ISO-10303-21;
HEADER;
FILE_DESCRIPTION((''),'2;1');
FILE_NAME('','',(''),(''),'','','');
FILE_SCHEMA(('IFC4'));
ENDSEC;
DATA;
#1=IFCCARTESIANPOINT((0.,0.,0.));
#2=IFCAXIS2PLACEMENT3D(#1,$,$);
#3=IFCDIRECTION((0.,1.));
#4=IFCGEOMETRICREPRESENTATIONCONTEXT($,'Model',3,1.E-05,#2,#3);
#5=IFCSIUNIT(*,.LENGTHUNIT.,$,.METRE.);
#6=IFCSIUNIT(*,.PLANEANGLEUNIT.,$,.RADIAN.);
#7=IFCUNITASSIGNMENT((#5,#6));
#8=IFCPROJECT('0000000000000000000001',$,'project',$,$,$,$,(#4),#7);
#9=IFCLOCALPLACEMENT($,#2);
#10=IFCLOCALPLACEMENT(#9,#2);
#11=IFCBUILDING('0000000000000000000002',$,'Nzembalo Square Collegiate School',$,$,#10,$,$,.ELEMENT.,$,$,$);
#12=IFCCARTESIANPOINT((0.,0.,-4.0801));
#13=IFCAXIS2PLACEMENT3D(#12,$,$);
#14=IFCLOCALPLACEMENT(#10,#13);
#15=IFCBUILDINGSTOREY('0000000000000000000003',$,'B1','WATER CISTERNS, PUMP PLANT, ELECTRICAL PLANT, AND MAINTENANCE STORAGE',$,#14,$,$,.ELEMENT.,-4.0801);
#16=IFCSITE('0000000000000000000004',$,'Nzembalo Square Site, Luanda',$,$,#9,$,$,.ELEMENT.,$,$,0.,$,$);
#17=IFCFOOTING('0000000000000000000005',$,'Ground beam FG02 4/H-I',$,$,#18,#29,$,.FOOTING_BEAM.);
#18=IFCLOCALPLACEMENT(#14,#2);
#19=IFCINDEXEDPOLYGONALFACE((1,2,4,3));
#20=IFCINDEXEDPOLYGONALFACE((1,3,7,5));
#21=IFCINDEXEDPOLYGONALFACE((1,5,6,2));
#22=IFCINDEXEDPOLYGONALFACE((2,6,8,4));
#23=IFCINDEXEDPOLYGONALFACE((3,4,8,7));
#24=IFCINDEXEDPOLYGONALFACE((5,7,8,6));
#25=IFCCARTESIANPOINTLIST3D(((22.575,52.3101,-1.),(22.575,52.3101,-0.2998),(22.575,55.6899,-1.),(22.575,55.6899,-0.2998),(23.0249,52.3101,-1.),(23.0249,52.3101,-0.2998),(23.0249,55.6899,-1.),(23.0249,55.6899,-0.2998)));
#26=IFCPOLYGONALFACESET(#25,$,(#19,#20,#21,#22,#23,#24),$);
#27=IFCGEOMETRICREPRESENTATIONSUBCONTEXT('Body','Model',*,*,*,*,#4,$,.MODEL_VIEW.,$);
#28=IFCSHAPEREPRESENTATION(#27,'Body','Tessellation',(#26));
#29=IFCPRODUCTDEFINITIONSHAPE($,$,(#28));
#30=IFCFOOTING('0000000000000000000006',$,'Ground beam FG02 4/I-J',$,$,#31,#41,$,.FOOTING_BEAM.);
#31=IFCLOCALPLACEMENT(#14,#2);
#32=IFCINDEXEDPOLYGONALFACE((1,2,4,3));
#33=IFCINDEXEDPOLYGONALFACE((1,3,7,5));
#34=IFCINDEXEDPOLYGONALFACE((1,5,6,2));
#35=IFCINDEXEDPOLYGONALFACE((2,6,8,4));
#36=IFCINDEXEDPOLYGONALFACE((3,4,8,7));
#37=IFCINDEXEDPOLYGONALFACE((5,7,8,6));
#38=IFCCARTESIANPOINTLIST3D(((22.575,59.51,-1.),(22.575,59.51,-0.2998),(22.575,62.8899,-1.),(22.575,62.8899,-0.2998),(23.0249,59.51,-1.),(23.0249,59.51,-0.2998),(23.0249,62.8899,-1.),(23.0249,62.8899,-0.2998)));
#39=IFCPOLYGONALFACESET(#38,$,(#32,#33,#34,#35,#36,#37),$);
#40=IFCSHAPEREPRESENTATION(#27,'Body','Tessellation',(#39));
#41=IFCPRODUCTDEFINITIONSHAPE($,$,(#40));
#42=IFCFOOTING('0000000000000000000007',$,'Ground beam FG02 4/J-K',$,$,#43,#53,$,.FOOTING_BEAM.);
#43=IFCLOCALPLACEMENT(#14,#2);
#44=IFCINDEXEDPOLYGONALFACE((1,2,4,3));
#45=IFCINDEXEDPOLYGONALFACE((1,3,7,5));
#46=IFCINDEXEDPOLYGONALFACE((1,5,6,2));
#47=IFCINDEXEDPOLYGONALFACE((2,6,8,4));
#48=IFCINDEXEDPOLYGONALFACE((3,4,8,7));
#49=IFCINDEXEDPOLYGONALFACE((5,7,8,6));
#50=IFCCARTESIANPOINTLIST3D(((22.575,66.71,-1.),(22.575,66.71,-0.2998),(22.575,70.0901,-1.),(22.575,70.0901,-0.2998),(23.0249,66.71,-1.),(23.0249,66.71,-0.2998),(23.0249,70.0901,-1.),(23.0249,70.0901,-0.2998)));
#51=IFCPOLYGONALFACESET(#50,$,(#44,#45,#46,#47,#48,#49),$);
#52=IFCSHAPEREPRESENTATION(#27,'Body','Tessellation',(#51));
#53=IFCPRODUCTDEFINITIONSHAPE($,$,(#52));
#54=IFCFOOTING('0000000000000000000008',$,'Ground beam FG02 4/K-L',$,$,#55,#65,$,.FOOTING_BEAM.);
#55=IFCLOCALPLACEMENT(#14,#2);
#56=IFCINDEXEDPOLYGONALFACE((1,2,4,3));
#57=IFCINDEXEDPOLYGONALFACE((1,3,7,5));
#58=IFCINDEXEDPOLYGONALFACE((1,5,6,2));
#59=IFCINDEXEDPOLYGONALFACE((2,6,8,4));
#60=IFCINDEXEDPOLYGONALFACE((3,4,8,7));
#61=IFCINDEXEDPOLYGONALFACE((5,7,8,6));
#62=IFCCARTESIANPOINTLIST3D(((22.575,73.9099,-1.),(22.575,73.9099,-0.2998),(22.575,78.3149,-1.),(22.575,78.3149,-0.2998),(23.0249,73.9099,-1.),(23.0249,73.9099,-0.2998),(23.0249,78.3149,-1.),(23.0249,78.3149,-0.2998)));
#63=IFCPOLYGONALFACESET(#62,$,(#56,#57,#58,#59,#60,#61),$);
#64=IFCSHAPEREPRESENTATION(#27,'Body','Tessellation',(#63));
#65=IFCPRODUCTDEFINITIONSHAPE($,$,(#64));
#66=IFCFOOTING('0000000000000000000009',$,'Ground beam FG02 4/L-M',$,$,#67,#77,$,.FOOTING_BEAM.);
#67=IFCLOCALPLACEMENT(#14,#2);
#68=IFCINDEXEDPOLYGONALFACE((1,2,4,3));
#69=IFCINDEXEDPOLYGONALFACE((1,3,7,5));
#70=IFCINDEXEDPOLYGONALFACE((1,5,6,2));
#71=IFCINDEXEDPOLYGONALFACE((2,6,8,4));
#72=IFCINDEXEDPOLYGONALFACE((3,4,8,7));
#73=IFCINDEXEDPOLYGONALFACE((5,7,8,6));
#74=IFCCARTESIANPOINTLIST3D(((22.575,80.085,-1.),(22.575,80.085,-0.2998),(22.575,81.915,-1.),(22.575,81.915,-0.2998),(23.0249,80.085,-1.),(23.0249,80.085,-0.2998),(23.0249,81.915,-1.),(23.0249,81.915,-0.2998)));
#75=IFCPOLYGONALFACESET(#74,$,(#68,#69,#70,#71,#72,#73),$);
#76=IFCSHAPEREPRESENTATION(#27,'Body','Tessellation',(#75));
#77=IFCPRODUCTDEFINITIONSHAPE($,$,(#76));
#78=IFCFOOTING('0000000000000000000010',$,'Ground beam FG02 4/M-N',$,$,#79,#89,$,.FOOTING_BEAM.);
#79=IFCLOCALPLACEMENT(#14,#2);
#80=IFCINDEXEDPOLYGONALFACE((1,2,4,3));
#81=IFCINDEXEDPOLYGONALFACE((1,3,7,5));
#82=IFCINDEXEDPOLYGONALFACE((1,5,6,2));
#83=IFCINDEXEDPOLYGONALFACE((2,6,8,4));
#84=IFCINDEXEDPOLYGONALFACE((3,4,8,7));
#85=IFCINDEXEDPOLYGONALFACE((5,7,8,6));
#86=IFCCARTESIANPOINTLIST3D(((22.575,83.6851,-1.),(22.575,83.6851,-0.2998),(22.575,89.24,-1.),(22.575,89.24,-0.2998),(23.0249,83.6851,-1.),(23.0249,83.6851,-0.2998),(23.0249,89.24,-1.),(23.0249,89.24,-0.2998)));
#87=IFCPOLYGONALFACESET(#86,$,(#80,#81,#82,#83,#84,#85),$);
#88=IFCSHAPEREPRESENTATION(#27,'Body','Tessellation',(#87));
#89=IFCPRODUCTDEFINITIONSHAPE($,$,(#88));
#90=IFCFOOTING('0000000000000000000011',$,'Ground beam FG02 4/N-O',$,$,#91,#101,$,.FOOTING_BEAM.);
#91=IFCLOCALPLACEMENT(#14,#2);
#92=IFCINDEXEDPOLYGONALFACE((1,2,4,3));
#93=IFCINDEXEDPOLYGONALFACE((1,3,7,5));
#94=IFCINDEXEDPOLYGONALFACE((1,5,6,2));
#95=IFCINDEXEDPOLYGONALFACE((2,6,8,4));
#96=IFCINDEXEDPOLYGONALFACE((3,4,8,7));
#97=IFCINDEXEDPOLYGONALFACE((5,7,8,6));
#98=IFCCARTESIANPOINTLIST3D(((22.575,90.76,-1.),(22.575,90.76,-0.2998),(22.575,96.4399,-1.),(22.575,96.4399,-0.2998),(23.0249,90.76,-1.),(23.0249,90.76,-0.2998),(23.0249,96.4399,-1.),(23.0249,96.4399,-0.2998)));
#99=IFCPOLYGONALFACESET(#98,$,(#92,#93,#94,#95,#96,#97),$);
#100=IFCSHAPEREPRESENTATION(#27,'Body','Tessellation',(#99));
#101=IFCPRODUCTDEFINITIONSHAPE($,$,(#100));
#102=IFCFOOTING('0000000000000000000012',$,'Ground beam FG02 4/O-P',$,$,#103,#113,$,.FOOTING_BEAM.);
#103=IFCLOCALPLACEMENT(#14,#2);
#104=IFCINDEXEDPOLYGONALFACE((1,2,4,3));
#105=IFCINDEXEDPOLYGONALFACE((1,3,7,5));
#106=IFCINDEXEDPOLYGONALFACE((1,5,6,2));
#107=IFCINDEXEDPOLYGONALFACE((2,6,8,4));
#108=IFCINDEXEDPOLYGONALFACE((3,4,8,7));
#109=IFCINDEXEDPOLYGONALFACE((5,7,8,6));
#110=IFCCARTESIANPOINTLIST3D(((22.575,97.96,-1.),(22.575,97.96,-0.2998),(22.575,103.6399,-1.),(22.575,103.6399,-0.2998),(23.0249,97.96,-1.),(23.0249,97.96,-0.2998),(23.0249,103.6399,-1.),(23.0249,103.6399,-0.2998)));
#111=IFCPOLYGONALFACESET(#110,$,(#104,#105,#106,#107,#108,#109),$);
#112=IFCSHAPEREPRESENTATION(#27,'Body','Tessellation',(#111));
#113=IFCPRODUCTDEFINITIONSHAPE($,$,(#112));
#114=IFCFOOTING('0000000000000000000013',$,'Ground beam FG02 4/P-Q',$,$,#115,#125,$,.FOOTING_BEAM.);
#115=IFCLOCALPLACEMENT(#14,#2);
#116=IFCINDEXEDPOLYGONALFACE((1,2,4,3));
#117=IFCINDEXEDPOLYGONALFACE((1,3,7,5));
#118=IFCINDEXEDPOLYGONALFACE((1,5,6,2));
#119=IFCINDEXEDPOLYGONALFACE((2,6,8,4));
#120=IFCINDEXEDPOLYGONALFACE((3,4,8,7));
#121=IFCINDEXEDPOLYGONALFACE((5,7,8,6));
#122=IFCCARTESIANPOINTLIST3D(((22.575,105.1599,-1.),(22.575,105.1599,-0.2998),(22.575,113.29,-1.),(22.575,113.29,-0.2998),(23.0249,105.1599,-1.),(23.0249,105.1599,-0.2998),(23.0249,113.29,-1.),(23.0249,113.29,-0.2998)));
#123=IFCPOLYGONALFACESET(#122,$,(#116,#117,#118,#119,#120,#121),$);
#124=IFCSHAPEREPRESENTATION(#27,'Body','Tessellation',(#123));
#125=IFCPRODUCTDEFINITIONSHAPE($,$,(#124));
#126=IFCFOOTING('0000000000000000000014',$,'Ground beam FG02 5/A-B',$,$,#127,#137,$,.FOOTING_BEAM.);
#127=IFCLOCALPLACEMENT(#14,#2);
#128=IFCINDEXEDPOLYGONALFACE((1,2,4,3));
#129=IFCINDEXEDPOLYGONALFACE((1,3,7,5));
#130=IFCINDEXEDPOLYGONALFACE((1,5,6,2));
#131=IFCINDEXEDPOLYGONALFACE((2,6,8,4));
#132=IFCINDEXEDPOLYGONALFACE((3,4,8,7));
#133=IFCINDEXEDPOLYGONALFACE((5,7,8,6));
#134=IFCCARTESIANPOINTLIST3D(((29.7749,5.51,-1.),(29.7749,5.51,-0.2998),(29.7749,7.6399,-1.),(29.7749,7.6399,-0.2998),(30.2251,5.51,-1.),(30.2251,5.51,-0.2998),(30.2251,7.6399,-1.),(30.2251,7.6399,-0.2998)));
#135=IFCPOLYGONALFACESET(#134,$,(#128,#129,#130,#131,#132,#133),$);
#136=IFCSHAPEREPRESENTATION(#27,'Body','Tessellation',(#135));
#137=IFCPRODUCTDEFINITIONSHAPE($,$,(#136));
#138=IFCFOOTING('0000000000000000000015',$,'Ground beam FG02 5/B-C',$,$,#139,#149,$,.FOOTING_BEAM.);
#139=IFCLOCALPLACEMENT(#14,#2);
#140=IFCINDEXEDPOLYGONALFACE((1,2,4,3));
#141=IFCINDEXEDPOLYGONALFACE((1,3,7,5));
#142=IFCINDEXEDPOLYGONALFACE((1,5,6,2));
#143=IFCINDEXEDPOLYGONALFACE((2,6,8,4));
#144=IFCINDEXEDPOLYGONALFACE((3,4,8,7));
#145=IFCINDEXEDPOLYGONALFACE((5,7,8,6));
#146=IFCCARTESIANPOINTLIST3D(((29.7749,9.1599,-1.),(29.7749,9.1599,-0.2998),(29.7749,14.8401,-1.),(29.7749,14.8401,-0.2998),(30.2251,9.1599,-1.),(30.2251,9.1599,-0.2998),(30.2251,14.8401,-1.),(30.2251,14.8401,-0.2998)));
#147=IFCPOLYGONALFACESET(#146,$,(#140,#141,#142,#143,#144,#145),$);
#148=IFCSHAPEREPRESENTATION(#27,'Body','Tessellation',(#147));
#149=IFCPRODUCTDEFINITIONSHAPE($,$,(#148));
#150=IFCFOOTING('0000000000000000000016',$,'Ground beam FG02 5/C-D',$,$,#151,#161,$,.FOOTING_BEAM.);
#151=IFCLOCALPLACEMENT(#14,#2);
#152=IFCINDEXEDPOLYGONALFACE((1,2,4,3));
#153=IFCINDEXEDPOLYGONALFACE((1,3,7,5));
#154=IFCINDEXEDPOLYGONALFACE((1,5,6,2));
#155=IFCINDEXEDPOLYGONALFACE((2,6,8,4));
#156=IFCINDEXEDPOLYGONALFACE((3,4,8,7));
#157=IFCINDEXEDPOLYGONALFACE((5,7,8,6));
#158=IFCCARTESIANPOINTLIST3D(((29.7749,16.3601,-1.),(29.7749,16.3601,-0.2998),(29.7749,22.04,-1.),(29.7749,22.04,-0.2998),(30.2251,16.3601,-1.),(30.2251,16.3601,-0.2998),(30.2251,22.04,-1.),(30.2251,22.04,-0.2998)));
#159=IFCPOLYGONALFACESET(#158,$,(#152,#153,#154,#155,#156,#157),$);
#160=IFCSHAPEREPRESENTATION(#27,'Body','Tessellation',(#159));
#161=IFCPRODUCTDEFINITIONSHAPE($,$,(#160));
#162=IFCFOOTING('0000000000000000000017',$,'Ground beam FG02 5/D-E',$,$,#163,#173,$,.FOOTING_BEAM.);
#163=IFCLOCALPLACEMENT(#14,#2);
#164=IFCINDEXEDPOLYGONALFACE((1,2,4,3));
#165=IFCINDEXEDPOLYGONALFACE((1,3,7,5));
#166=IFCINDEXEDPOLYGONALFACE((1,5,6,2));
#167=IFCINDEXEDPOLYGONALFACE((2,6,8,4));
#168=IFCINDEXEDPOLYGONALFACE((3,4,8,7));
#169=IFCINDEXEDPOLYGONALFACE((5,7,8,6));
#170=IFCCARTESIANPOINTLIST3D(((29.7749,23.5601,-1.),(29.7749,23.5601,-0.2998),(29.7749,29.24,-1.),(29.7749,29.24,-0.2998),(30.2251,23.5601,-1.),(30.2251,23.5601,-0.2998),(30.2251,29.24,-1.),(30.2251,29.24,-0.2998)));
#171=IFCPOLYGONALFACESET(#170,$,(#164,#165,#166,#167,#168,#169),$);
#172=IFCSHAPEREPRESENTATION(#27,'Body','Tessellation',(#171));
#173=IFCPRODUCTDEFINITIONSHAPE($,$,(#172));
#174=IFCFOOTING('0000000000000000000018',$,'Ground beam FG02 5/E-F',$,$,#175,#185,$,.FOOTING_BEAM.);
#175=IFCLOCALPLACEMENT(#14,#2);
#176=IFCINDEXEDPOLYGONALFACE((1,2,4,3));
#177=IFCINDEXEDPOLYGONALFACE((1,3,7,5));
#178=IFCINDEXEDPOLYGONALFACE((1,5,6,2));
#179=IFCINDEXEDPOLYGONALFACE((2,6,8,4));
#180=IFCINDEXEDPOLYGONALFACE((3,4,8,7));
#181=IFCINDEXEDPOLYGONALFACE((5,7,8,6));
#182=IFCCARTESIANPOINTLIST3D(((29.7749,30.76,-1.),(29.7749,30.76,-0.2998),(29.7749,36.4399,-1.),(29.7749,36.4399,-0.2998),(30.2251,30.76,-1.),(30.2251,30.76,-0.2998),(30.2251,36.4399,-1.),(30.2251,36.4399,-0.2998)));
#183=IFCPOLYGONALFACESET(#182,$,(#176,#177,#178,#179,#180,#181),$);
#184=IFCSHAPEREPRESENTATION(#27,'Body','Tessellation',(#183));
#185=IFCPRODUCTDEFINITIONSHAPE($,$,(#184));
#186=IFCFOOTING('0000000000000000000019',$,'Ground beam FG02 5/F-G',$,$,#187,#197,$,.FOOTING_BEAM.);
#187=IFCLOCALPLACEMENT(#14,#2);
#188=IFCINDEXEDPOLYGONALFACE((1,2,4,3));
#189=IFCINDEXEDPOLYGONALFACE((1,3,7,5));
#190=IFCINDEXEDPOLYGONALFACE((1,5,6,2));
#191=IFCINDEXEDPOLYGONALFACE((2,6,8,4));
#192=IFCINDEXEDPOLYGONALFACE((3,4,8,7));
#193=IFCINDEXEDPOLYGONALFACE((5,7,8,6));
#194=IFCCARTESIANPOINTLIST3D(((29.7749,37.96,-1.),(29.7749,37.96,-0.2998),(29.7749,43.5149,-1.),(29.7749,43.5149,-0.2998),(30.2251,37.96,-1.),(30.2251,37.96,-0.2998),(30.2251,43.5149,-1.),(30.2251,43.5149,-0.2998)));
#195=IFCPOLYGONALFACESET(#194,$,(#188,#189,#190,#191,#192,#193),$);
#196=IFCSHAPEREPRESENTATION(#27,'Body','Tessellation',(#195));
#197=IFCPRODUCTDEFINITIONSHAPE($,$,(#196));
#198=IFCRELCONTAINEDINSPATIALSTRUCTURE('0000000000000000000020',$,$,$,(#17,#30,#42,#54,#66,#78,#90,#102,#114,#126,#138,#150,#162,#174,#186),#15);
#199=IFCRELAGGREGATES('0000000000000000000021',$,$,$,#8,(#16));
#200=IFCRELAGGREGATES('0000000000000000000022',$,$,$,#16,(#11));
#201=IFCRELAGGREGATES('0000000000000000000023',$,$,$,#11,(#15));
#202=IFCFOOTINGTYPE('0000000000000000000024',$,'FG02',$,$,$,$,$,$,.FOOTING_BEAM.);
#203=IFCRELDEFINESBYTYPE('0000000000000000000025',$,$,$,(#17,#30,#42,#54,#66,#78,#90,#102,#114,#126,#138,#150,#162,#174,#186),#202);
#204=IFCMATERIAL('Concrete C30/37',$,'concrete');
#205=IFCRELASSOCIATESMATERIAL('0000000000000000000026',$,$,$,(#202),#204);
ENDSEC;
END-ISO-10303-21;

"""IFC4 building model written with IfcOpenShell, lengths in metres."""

from ifc_helpers import new_model, si_unit, direction, frame, origin, place, context, subcontext, project, spatial, polyline, outline, extrude, material, type_object, element, save


model = new_model("IFC4")

# Units and contexts
model_context = context("Model", 3, precision=1e-05, world=origin(), true_north=direction((0.0, 1.0)))
body_context = subcontext(model_context, "Body", "Model", "MODEL_VIEW")
ifc_project = project(units=[si_unit("LENGTHUNIT", "METRE"), si_unit("PLANEANGLEUNIT", "RADIAN")], contexts=[model_context])

# Site, building, storey
site_placement = place(None, origin())
site = spatial("IfcSite", under=ifc_project, at=site_placement, Name="Nzembalo Square Site, Luanda", CompositionType="ELEMENT", RefElevation=0.0)
building_placement = place(site_placement, origin())
building = spatial("IfcBuilding", under=site, at=building_placement, Name="Nzembalo Square Collegiate School", CompositionType="ELEMENT")
storey_placement = place(building_placement, frame((0.0, 0.0, -4.0801)))
storey = spatial("IfcBuildingStorey", under=building, at=storey_placement, Name="B1", Description="WATER CISTERNS, PUMP PLANT, ELECTRICAL PLANT, AND MAINTENANCE STORAGE", CompositionType="ELEMENT", Elevation=-4.0801)

# Footings
ifc_material = material(Name="Concrete C30/37", Category="concrete")
footing_type = type_object("IfcFootingType", Name="FG02", PredefinedType="FOOTING_BEAM", material=ifc_material)
footing_1_placement = place(storey_placement, frame((0.0, 0.0, -1.0)))
element("IfcFooting", 1, at=footing_1_placement, inside=storey, type_object=footing_type, Name="Ground beam FG02 4/H-I", PredefinedType="FOOTING_BEAM", context=body_context, shape_type="SweptSolid", body=[
    extrude(outline(polyline([(22.575, 52.3101), (23.0249, 52.3101), (23.0249, 55.6899), (22.575, 55.6899), (22.575, 52.3101)])), origin(), (0.0, 0.0, 1.0), 0.7002),
])
footing_2_placement = place(storey_placement, frame((0.0, 0.0, -1.0)))
element("IfcFooting", 2, at=footing_2_placement, inside=storey, type_object=footing_type, Name="Ground beam FG02 4/I-J", PredefinedType="FOOTING_BEAM", context=body_context, shape_type="SweptSolid", body=[
    extrude(outline(polyline([(22.575, 59.51), (23.0249, 59.51), (23.0249, 62.8899), (22.575, 62.8899), (22.575, 59.51)])), origin(), (0.0, 0.0, 1.0), 0.7002),
])
footing_3_placement = place(storey_placement, frame((0.0, 0.0, -1.0)))
element("IfcFooting", 3, at=footing_3_placement, inside=storey, type_object=footing_type, Name="Ground beam FG02 4/J-K", PredefinedType="FOOTING_BEAM", context=body_context, shape_type="SweptSolid", body=[
    extrude(outline(polyline([(22.575, 66.71), (23.0249, 66.71), (23.0249, 70.0901), (22.575, 70.0901), (22.575, 66.71)])), origin(), (0.0, 0.0, 1.0), 0.7002),
])
footing_4_placement = place(storey_placement, frame((0.0, 0.0, -1.0)))
element("IfcFooting", 4, at=footing_4_placement, inside=storey, type_object=footing_type, Name="Ground beam FG02 4/K-L", PredefinedType="FOOTING_BEAM", context=body_context, shape_type="SweptSolid", body=[
    extrude(outline(polyline([(22.575, 73.9099), (23.0249, 73.9099), (23.0249, 78.3149), (22.575, 78.3149), (22.575, 73.9099)])), origin(), (0.0, 0.0, 1.0), 0.7002),
])
footing_5_placement = place(storey_placement, frame((0.0, 0.0, -1.0)))
element("IfcFooting", 5, at=footing_5_placement, inside=storey, type_object=footing_type, Name="Ground beam FG02 4/L-M", PredefinedType="FOOTING_BEAM", context=body_context, shape_type="SweptSolid", body=[
    extrude(outline(polyline([(22.575, 80.085), (23.0249, 80.085), (23.0249, 81.915), (22.575, 81.915), (22.575, 80.085)])), origin(), (0.0, 0.0, 1.0), 0.7002),
])
footing_6_placement = place(storey_placement, frame((0.0, 0.0, -1.0)))
element("IfcFooting", 6, at=footing_6_placement, inside=storey, type_object=footing_type, Name="Ground beam FG02 4/M-N", PredefinedType="FOOTING_BEAM", context=body_context, shape_type="SweptSolid", body=[
    extrude(outline(polyline([(22.575, 83.6851), (23.0249, 83.6851), (23.0249, 89.24), (22.575, 89.24), (22.575, 83.6851)])), origin(), (0.0, 0.0, 1.0), 0.7002),
])
footing_7_placement = place(storey_placement, frame((0.0, 0.0, -1.0)))
element("IfcFooting", 7, at=footing_7_placement, inside=storey, type_object=footing_type, Name="Ground beam FG02 4/N-O", PredefinedType="FOOTING_BEAM", context=body_context, shape_type="SweptSolid", body=[
    extrude(outline(polyline([(22.575, 90.76), (23.0249, 90.76), (23.0249, 96.4399), (22.575, 96.4399), (22.575, 90.76)])), origin(), (0.0, 0.0, 1.0), 0.7002),
])
footing_8_placement = place(storey_placement, frame((0.0, 0.0, -1.0)))
element("IfcFooting", 8, at=footing_8_placement, inside=storey, type_object=footing_type, Name="Ground beam FG02 4/O-P", PredefinedType="FOOTING_BEAM", context=body_context, shape_type="SweptSolid", body=[
    extrude(outline(polyline([(22.575, 97.96), (23.0249, 97.96), (23.0249, 103.6399), (22.575, 103.6399), (22.575, 97.96)])), origin(), (0.0, 0.0, 1.0), 0.7002),
])
footing_9_placement = place(storey_placement, frame((0.0, 0.0, -1.0)))
element("IfcFooting", 9, at=footing_9_placement, inside=storey, type_object=footing_type, Name="Ground beam FG02 4/P-Q", PredefinedType="FOOTING_BEAM", context=body_context, shape_type="SweptSolid", body=[
    extrude(outline(polyline([(22.575, 105.1599), (23.0249, 105.1599), (23.0249, 113.29), (22.575, 113.29), (22.575, 105.1599)])), origin(), (0.0, 0.0, 1.0), 0.7002),
])
footing_10_placement = place(storey_placement, frame((0.0, 0.0, -1.0)))
element("IfcFooting", 10, at=footing_10_placement, inside=storey, type_object=footing_type, Name="Ground beam FG02 5/A-B", PredefinedType="FOOTING_BEAM", context=body_context, shape_type="SweptSolid", body=[
    extrude(outline(polyline([(29.7749, 5.51), (30.2251, 5.51), (30.2251, 7.6399), (29.7749, 7.6399), (29.7749, 5.51)])), origin(), (0.0, 0.0, 1.0), 0.7002),
])
footing_11_placement = place(storey_placement, frame((0.0, 0.0, -1.0)))
element("IfcFooting", 11, at=footing_11_placement, inside=storey, type_object=footing_type, Name="Ground beam FG02 5/B-C", PredefinedType="FOOTING_BEAM", context=body_context, shape_type="SweptSolid", body=[
    extrude(outline(polyline([(29.7749, 9.1599), (30.2251, 9.1599), (30.2251, 14.8401), (29.7749, 14.8401), (29.7749, 9.1599)])), origin(), (0.0, 0.0, 1.0), 0.7002),
])
footing_12_placement = place(storey_placement, frame((0.0, 0.0, -1.0)))
element("IfcFooting", 12, at=footing_12_placement, inside=storey, type_object=footing_type, Name="Ground beam FG02 5/C-D", PredefinedType="FOOTING_BEAM", context=body_context, shape_type="SweptSolid", body=[
    extrude(outline(polyline([(29.7749, 16.3601), (30.2251, 16.3601), (30.2251, 22.04), (29.7749, 22.04), (29.7749, 16.3601)])), origin(), (0.0, 0.0, 1.0), 0.7002),
])
footing_13_placement = place(storey_placement, frame((0.0, 0.0, -1.0)))
element("IfcFooting", 13, at=footing_13_placement, inside=storey, type_object=footing_type, Name="Ground beam FG02 5/D-E", PredefinedType="FOOTING_BEAM", context=body_context, shape_type="SweptSolid", body=[
    extrude(outline(polyline([(29.7749, 23.5601), (30.2251, 23.5601), (30.2251, 29.24), (29.7749, 29.24), (29.7749, 23.5601)])), origin(), (0.0, 0.0, 1.0), 0.7002),
])
footing_14_placement = place(storey_placement, frame((0.0, 0.0, -1.0)))
element("IfcFooting", 14, at=footing_14_placement, inside=storey, type_object=footing_type, Name="Ground beam FG02 5/E-F", PredefinedType="FOOTING_BEAM", context=body_context, shape_type="SweptSolid", body=[
    extrude(outline(polyline([(29.7749, 30.76), (30.2251, 30.76), (30.2251, 36.4399), (29.7749, 36.4399), (29.7749, 30.76)])), origin(), (0.0, 0.0, 1.0), 0.7002),
])
footing_15_placement = place(storey_placement, frame((0.0, 0.0, -1.0)))
element("IfcFooting", 15, at=footing_15_placement, inside=storey, type_object=footing_type, Name="Ground beam FG02 5/F-G", PredefinedType="FOOTING_BEAM", context=body_context, shape_type="SweptSolid", body=[
    extrude(outline(polyline([(29.7749, 37.96), (30.2251, 37.96), (30.2251, 43.5149), (29.7749, 43.5149), (29.7749, 37.96)])), origin(), (0.0, 0.0, 1.0), 0.7002),
])

save(model, "model.ifc")
